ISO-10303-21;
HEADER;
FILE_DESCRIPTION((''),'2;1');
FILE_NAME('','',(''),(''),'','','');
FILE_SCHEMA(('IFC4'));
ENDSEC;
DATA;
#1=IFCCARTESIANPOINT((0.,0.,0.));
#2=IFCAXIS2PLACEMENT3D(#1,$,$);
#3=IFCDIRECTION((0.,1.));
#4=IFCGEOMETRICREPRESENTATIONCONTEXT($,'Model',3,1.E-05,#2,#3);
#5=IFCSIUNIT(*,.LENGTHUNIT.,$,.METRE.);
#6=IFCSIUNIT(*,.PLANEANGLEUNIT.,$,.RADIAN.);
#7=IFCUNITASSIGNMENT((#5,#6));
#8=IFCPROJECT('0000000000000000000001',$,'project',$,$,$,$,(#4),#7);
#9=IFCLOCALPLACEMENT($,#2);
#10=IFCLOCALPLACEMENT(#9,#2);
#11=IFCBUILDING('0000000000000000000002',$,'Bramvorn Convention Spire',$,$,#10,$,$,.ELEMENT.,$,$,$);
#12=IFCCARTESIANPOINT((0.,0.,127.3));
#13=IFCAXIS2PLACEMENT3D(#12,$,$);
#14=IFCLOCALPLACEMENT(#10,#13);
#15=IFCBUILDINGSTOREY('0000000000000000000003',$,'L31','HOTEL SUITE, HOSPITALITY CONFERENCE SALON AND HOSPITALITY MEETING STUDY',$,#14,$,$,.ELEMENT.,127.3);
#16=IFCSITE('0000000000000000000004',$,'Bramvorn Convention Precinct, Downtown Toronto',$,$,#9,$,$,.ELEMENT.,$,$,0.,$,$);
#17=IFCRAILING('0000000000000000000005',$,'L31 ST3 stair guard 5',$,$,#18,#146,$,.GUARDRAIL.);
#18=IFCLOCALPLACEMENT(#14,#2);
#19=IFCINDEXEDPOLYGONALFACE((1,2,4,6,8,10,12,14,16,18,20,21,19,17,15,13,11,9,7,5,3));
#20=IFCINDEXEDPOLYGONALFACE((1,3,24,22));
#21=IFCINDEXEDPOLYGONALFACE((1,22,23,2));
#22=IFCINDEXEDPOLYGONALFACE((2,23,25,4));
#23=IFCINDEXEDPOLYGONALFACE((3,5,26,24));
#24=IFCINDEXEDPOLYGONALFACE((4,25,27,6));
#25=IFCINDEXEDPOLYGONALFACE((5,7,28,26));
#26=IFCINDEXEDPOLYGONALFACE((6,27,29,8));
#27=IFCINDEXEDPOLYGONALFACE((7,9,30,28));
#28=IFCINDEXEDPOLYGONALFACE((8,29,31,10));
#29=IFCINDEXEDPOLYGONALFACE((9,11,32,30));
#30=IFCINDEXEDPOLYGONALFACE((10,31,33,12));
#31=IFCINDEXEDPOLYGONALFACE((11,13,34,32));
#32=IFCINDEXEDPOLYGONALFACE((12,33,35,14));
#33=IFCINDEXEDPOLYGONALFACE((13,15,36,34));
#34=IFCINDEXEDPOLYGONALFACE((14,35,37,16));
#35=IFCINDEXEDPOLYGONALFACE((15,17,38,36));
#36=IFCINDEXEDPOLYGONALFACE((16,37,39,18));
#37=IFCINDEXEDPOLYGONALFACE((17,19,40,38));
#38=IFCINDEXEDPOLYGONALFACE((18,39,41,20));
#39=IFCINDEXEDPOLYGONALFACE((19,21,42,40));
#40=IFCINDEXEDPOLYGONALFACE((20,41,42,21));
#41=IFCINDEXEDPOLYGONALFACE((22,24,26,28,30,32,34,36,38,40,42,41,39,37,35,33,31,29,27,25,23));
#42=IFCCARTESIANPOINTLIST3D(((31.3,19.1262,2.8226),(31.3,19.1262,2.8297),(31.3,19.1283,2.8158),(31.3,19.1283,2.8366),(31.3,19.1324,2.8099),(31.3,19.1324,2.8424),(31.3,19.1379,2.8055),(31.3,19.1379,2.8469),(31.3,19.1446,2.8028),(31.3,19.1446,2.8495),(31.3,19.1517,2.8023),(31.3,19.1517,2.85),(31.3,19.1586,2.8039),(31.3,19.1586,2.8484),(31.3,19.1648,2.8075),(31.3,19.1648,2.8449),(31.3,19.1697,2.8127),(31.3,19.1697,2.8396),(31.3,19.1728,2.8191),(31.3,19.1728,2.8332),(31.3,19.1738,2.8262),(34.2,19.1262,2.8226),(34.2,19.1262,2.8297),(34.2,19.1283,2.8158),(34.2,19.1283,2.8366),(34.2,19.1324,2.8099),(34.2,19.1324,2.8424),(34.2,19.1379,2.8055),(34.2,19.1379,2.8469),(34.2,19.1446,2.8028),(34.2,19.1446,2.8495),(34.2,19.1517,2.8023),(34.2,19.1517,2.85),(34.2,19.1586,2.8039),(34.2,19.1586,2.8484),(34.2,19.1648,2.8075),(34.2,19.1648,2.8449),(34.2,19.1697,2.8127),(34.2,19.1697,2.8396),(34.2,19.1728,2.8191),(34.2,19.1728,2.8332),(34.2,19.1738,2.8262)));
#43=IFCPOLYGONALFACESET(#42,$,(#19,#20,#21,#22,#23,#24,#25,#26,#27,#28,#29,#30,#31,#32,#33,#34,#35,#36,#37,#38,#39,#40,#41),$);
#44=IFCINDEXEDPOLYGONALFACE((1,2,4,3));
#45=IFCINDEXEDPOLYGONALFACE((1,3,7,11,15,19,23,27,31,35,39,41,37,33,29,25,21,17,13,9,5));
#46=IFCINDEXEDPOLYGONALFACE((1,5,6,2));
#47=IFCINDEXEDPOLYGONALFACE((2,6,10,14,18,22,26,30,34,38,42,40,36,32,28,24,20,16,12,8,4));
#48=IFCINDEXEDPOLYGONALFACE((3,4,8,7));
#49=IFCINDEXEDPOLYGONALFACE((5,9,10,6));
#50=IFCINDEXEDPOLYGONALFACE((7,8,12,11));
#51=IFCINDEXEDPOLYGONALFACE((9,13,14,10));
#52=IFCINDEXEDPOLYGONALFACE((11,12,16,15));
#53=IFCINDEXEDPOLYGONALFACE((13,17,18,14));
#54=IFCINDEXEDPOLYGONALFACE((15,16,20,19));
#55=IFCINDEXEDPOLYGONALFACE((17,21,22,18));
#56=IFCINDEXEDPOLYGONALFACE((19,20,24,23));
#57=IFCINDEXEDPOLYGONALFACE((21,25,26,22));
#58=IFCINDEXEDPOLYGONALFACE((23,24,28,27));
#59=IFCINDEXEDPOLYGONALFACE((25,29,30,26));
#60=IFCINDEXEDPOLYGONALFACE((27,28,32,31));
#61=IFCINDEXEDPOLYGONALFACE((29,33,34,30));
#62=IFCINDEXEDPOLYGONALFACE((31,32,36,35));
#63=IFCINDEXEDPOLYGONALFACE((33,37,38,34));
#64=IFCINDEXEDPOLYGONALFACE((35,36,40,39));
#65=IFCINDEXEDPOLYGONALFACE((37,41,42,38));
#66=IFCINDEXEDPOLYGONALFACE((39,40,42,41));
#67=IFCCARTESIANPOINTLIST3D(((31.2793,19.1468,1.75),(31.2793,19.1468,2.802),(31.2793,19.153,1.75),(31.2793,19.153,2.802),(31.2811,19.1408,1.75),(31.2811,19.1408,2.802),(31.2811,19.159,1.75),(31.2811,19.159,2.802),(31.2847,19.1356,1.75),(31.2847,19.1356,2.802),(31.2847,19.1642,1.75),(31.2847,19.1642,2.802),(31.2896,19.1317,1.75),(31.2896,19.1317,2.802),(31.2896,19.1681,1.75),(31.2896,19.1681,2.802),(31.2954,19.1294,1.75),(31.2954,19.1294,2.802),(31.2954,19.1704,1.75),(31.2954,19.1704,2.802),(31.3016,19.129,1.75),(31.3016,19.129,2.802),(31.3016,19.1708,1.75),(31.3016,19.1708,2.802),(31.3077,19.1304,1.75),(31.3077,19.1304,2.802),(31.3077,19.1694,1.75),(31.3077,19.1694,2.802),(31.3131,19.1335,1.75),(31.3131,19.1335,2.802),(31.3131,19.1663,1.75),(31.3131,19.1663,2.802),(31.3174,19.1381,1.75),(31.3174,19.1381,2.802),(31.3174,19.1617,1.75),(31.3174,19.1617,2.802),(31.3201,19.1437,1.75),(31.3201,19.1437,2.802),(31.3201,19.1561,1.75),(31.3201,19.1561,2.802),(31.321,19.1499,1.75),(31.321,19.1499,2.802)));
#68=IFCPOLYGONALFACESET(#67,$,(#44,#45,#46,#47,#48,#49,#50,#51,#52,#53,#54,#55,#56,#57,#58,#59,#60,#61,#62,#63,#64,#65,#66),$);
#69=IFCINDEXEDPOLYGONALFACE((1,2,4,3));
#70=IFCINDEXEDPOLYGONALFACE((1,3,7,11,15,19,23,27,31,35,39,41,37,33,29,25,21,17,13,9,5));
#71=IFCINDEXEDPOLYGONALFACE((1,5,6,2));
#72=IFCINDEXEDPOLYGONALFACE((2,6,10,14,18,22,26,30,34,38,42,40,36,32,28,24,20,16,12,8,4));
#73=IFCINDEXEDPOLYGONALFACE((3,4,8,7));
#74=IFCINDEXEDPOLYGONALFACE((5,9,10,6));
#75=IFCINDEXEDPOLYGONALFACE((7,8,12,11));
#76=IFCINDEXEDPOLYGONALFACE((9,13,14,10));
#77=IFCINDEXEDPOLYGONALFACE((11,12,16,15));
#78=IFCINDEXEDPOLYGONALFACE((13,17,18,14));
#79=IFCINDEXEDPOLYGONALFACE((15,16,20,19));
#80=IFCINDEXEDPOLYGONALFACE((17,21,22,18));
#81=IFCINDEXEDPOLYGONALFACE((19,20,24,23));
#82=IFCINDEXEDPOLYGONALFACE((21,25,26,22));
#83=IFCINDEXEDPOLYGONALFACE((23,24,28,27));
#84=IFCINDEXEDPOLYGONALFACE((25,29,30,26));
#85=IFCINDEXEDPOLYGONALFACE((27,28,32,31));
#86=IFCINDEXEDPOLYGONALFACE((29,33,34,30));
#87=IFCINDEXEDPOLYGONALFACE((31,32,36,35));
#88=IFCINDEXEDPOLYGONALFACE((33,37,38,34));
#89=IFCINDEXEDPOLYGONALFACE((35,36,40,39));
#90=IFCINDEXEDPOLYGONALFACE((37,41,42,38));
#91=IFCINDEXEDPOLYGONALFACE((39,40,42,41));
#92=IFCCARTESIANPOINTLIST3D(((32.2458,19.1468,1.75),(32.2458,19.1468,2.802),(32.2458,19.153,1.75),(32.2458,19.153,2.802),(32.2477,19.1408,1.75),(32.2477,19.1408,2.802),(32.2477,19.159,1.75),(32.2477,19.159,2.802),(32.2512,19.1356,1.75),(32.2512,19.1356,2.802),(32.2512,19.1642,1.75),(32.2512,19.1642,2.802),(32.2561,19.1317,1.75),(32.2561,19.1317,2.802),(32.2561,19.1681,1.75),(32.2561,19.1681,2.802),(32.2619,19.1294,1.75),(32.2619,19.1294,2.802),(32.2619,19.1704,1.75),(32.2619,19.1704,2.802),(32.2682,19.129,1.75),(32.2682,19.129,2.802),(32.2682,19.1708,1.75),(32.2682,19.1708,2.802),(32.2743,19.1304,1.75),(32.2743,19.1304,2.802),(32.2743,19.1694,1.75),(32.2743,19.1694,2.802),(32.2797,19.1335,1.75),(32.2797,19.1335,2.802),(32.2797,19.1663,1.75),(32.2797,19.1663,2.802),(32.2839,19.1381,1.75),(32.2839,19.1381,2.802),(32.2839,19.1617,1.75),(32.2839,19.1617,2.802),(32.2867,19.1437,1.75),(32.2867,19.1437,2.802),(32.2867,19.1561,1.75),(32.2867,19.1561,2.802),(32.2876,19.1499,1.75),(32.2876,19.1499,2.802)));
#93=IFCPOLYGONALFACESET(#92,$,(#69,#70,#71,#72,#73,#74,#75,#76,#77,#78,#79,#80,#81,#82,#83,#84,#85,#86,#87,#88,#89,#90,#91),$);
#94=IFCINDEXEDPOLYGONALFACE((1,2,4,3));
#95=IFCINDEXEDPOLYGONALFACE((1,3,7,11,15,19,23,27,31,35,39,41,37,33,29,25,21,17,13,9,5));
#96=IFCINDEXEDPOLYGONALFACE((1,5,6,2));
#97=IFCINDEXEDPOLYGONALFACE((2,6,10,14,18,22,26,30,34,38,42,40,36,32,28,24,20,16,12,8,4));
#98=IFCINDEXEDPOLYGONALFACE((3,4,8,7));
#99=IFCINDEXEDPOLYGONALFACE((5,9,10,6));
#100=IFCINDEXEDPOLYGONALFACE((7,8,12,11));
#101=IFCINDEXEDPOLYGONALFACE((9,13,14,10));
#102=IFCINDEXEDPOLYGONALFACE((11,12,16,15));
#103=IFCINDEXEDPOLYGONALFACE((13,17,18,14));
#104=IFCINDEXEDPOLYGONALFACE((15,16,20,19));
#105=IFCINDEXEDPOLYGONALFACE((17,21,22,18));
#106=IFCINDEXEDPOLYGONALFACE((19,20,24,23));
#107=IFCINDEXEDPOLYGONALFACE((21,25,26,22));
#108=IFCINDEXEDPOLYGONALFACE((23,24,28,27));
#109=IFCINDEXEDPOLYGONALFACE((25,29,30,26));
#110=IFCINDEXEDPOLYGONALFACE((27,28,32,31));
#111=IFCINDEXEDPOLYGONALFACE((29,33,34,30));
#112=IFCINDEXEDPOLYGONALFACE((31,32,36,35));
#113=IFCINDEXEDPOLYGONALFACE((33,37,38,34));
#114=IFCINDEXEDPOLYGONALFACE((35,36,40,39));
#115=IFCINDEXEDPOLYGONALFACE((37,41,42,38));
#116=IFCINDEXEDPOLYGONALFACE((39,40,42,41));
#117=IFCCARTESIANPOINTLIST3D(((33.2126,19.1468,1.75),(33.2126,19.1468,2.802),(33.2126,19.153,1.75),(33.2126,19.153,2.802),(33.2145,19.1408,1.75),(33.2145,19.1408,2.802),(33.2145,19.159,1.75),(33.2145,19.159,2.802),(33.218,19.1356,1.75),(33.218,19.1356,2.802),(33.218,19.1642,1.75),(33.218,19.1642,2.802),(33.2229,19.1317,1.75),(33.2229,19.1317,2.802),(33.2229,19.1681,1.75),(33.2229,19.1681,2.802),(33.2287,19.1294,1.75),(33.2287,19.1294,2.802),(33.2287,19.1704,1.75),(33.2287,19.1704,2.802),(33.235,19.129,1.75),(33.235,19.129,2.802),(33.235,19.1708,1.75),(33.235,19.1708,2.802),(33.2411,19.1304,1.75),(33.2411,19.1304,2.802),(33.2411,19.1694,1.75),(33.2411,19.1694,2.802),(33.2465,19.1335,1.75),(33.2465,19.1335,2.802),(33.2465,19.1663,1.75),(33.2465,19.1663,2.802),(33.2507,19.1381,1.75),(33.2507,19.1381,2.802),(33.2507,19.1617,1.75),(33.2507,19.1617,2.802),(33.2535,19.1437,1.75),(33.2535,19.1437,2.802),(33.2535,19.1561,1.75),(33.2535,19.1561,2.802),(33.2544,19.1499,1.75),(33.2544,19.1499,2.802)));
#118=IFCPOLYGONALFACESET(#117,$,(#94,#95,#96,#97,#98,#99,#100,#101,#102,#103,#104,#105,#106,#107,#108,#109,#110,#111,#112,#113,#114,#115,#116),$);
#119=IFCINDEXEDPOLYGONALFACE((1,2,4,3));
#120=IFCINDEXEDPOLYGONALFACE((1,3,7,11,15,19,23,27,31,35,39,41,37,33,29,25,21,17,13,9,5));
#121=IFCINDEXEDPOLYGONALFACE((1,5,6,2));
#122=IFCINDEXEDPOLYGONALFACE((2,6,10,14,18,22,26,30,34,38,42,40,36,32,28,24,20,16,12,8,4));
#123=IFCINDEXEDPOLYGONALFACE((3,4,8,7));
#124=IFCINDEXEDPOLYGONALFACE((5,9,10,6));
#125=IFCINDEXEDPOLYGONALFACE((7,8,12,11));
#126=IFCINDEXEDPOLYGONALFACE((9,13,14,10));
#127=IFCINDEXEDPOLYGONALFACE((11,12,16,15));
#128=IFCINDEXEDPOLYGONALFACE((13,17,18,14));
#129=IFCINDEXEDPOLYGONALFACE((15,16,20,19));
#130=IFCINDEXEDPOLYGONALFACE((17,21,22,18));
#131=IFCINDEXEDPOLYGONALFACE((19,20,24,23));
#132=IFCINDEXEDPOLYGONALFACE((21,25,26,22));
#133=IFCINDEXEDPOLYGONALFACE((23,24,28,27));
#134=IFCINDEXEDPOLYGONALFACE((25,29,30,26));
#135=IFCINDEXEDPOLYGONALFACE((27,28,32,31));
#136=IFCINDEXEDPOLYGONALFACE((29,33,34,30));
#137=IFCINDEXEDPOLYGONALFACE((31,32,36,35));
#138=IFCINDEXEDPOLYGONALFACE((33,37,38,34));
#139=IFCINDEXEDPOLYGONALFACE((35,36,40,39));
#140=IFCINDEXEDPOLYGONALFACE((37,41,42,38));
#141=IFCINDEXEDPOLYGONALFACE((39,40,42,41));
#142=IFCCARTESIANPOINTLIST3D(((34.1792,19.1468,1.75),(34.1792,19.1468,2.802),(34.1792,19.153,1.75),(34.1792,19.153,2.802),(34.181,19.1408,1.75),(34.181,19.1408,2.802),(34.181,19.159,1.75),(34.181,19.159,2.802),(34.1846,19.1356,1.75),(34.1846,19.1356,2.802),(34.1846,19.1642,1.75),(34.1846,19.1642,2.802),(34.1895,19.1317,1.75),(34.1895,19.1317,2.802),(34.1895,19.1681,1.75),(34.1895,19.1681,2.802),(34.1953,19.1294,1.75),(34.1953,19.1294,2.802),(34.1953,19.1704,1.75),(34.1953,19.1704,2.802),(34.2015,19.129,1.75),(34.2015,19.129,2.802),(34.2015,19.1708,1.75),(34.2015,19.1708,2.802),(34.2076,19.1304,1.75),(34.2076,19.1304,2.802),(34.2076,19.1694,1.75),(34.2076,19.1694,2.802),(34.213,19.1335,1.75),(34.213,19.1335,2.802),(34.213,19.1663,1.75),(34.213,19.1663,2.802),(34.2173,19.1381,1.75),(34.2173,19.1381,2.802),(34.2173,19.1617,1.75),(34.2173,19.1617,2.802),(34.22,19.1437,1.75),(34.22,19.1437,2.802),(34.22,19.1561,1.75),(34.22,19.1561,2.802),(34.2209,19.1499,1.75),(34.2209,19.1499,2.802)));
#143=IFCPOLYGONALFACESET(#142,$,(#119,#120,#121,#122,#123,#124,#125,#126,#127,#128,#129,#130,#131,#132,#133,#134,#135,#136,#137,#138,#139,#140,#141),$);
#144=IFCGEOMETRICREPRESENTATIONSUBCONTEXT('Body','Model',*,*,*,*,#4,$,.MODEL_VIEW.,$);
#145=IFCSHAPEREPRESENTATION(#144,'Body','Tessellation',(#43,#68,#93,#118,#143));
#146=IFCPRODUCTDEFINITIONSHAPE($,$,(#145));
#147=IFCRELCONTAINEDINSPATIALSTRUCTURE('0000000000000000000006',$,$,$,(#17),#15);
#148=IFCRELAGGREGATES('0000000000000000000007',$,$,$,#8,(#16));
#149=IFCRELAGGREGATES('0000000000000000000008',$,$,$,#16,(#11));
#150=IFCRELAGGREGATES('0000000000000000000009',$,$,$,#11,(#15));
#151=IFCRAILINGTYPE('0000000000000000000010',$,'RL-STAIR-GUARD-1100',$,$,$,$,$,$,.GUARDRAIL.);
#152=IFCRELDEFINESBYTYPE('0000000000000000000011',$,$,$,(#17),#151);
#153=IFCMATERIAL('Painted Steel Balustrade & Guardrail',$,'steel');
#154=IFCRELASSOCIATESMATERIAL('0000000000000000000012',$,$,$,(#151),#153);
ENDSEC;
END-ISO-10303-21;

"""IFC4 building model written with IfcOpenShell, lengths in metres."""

from ifc_helpers import new_model, si_unit, direction, frame, origin, origin_2d, place, context, subcontext, project, spatial, circle, extrude, material, type_object, element, save


model = new_model("IFC4")

# Units and contexts
model_context = context("Model", 3, precision=1e-05, world=origin(), true_north=direction((0.0, 1.0)))
body_context = subcontext(model_context, "Body", "Model", "MODEL_VIEW")
ifc_project = project(units=[si_unit("LENGTHUNIT", "METRE"), si_unit("PLANEANGLEUNIT", "RADIAN")], contexts=[model_context])

# Site, building, storey
site_placement = place(None, origin())
site = spatial("IfcSite", under=ifc_project, at=site_placement, Name="Bramvorn Convention Precinct, Downtown Toronto", CompositionType="ELEMENT", RefElevation=0.0)
building_placement = place(site_placement, origin())
building = spatial("IfcBuilding", under=site, at=building_placement, Name="Bramvorn Convention Spire", CompositionType="ELEMENT")
storey_placement = place(building_placement, frame((0.0, 0.0, 127.3)))
storey = spatial("IfcBuildingStorey", under=building, at=storey_placement, Name="L31", Description="HOTEL SUITE, HOSPITALITY CONFERENCE SALON AND HOSPITALITY MEETING STUDY", CompositionType="ELEMENT", Elevation=127.3)

# Railing
ifc_material_1 = material(Name="Painted Steel Balustrade & Guardrail", Category="steel")
railing_type_1 = type_object("IfcRailingType", Name="RL-STAIR-GUARD-1100", PredefinedType="GUARDRAIL", material=ifc_material_1)
railing_1_placement = place(storey_placement, frame((31.3, 19.1499, 1.75)))
element("IfcRailing", 1, at=railing_1_placement, inside=storey, type_object=railing_type_1, Name="L31 ST3 stair guard 5", PredefinedType="GUARDRAIL", context=body_context, shape_type="SweptSolid", body=[
    extrude(circle(Radius=0.0239, at=origin_2d()), frame((0.0, 0.0, 1.0762), z_axis=(1.0, 0.0, 0.0), x_axis=(0.0, 1.0, 0.0)), (0.0, 0.0, 1.0), 2.8999),
    extrude(circle(Radius=0.021, at=origin_2d()), origin(), (0.0, 0.0, 1.0), 1.052),
    extrude(circle(Radius=0.021, at=origin_2d()), frame((0.9666, 0.0, 0.0)), (0.0, 0.0, 1.0), 1.052),
    extrude(circle(Radius=0.021, at=origin_2d()), frame((1.9333, 0.0, 0.0)), (0.0, 0.0, 1.0), 1.052),
    extrude(circle(Radius=0.021, at=origin_2d()), frame((2.8999, 0.0, 0.0)), (0.0, 0.0, 1.0), 1.052),
])

save(model, "model.ifc")
